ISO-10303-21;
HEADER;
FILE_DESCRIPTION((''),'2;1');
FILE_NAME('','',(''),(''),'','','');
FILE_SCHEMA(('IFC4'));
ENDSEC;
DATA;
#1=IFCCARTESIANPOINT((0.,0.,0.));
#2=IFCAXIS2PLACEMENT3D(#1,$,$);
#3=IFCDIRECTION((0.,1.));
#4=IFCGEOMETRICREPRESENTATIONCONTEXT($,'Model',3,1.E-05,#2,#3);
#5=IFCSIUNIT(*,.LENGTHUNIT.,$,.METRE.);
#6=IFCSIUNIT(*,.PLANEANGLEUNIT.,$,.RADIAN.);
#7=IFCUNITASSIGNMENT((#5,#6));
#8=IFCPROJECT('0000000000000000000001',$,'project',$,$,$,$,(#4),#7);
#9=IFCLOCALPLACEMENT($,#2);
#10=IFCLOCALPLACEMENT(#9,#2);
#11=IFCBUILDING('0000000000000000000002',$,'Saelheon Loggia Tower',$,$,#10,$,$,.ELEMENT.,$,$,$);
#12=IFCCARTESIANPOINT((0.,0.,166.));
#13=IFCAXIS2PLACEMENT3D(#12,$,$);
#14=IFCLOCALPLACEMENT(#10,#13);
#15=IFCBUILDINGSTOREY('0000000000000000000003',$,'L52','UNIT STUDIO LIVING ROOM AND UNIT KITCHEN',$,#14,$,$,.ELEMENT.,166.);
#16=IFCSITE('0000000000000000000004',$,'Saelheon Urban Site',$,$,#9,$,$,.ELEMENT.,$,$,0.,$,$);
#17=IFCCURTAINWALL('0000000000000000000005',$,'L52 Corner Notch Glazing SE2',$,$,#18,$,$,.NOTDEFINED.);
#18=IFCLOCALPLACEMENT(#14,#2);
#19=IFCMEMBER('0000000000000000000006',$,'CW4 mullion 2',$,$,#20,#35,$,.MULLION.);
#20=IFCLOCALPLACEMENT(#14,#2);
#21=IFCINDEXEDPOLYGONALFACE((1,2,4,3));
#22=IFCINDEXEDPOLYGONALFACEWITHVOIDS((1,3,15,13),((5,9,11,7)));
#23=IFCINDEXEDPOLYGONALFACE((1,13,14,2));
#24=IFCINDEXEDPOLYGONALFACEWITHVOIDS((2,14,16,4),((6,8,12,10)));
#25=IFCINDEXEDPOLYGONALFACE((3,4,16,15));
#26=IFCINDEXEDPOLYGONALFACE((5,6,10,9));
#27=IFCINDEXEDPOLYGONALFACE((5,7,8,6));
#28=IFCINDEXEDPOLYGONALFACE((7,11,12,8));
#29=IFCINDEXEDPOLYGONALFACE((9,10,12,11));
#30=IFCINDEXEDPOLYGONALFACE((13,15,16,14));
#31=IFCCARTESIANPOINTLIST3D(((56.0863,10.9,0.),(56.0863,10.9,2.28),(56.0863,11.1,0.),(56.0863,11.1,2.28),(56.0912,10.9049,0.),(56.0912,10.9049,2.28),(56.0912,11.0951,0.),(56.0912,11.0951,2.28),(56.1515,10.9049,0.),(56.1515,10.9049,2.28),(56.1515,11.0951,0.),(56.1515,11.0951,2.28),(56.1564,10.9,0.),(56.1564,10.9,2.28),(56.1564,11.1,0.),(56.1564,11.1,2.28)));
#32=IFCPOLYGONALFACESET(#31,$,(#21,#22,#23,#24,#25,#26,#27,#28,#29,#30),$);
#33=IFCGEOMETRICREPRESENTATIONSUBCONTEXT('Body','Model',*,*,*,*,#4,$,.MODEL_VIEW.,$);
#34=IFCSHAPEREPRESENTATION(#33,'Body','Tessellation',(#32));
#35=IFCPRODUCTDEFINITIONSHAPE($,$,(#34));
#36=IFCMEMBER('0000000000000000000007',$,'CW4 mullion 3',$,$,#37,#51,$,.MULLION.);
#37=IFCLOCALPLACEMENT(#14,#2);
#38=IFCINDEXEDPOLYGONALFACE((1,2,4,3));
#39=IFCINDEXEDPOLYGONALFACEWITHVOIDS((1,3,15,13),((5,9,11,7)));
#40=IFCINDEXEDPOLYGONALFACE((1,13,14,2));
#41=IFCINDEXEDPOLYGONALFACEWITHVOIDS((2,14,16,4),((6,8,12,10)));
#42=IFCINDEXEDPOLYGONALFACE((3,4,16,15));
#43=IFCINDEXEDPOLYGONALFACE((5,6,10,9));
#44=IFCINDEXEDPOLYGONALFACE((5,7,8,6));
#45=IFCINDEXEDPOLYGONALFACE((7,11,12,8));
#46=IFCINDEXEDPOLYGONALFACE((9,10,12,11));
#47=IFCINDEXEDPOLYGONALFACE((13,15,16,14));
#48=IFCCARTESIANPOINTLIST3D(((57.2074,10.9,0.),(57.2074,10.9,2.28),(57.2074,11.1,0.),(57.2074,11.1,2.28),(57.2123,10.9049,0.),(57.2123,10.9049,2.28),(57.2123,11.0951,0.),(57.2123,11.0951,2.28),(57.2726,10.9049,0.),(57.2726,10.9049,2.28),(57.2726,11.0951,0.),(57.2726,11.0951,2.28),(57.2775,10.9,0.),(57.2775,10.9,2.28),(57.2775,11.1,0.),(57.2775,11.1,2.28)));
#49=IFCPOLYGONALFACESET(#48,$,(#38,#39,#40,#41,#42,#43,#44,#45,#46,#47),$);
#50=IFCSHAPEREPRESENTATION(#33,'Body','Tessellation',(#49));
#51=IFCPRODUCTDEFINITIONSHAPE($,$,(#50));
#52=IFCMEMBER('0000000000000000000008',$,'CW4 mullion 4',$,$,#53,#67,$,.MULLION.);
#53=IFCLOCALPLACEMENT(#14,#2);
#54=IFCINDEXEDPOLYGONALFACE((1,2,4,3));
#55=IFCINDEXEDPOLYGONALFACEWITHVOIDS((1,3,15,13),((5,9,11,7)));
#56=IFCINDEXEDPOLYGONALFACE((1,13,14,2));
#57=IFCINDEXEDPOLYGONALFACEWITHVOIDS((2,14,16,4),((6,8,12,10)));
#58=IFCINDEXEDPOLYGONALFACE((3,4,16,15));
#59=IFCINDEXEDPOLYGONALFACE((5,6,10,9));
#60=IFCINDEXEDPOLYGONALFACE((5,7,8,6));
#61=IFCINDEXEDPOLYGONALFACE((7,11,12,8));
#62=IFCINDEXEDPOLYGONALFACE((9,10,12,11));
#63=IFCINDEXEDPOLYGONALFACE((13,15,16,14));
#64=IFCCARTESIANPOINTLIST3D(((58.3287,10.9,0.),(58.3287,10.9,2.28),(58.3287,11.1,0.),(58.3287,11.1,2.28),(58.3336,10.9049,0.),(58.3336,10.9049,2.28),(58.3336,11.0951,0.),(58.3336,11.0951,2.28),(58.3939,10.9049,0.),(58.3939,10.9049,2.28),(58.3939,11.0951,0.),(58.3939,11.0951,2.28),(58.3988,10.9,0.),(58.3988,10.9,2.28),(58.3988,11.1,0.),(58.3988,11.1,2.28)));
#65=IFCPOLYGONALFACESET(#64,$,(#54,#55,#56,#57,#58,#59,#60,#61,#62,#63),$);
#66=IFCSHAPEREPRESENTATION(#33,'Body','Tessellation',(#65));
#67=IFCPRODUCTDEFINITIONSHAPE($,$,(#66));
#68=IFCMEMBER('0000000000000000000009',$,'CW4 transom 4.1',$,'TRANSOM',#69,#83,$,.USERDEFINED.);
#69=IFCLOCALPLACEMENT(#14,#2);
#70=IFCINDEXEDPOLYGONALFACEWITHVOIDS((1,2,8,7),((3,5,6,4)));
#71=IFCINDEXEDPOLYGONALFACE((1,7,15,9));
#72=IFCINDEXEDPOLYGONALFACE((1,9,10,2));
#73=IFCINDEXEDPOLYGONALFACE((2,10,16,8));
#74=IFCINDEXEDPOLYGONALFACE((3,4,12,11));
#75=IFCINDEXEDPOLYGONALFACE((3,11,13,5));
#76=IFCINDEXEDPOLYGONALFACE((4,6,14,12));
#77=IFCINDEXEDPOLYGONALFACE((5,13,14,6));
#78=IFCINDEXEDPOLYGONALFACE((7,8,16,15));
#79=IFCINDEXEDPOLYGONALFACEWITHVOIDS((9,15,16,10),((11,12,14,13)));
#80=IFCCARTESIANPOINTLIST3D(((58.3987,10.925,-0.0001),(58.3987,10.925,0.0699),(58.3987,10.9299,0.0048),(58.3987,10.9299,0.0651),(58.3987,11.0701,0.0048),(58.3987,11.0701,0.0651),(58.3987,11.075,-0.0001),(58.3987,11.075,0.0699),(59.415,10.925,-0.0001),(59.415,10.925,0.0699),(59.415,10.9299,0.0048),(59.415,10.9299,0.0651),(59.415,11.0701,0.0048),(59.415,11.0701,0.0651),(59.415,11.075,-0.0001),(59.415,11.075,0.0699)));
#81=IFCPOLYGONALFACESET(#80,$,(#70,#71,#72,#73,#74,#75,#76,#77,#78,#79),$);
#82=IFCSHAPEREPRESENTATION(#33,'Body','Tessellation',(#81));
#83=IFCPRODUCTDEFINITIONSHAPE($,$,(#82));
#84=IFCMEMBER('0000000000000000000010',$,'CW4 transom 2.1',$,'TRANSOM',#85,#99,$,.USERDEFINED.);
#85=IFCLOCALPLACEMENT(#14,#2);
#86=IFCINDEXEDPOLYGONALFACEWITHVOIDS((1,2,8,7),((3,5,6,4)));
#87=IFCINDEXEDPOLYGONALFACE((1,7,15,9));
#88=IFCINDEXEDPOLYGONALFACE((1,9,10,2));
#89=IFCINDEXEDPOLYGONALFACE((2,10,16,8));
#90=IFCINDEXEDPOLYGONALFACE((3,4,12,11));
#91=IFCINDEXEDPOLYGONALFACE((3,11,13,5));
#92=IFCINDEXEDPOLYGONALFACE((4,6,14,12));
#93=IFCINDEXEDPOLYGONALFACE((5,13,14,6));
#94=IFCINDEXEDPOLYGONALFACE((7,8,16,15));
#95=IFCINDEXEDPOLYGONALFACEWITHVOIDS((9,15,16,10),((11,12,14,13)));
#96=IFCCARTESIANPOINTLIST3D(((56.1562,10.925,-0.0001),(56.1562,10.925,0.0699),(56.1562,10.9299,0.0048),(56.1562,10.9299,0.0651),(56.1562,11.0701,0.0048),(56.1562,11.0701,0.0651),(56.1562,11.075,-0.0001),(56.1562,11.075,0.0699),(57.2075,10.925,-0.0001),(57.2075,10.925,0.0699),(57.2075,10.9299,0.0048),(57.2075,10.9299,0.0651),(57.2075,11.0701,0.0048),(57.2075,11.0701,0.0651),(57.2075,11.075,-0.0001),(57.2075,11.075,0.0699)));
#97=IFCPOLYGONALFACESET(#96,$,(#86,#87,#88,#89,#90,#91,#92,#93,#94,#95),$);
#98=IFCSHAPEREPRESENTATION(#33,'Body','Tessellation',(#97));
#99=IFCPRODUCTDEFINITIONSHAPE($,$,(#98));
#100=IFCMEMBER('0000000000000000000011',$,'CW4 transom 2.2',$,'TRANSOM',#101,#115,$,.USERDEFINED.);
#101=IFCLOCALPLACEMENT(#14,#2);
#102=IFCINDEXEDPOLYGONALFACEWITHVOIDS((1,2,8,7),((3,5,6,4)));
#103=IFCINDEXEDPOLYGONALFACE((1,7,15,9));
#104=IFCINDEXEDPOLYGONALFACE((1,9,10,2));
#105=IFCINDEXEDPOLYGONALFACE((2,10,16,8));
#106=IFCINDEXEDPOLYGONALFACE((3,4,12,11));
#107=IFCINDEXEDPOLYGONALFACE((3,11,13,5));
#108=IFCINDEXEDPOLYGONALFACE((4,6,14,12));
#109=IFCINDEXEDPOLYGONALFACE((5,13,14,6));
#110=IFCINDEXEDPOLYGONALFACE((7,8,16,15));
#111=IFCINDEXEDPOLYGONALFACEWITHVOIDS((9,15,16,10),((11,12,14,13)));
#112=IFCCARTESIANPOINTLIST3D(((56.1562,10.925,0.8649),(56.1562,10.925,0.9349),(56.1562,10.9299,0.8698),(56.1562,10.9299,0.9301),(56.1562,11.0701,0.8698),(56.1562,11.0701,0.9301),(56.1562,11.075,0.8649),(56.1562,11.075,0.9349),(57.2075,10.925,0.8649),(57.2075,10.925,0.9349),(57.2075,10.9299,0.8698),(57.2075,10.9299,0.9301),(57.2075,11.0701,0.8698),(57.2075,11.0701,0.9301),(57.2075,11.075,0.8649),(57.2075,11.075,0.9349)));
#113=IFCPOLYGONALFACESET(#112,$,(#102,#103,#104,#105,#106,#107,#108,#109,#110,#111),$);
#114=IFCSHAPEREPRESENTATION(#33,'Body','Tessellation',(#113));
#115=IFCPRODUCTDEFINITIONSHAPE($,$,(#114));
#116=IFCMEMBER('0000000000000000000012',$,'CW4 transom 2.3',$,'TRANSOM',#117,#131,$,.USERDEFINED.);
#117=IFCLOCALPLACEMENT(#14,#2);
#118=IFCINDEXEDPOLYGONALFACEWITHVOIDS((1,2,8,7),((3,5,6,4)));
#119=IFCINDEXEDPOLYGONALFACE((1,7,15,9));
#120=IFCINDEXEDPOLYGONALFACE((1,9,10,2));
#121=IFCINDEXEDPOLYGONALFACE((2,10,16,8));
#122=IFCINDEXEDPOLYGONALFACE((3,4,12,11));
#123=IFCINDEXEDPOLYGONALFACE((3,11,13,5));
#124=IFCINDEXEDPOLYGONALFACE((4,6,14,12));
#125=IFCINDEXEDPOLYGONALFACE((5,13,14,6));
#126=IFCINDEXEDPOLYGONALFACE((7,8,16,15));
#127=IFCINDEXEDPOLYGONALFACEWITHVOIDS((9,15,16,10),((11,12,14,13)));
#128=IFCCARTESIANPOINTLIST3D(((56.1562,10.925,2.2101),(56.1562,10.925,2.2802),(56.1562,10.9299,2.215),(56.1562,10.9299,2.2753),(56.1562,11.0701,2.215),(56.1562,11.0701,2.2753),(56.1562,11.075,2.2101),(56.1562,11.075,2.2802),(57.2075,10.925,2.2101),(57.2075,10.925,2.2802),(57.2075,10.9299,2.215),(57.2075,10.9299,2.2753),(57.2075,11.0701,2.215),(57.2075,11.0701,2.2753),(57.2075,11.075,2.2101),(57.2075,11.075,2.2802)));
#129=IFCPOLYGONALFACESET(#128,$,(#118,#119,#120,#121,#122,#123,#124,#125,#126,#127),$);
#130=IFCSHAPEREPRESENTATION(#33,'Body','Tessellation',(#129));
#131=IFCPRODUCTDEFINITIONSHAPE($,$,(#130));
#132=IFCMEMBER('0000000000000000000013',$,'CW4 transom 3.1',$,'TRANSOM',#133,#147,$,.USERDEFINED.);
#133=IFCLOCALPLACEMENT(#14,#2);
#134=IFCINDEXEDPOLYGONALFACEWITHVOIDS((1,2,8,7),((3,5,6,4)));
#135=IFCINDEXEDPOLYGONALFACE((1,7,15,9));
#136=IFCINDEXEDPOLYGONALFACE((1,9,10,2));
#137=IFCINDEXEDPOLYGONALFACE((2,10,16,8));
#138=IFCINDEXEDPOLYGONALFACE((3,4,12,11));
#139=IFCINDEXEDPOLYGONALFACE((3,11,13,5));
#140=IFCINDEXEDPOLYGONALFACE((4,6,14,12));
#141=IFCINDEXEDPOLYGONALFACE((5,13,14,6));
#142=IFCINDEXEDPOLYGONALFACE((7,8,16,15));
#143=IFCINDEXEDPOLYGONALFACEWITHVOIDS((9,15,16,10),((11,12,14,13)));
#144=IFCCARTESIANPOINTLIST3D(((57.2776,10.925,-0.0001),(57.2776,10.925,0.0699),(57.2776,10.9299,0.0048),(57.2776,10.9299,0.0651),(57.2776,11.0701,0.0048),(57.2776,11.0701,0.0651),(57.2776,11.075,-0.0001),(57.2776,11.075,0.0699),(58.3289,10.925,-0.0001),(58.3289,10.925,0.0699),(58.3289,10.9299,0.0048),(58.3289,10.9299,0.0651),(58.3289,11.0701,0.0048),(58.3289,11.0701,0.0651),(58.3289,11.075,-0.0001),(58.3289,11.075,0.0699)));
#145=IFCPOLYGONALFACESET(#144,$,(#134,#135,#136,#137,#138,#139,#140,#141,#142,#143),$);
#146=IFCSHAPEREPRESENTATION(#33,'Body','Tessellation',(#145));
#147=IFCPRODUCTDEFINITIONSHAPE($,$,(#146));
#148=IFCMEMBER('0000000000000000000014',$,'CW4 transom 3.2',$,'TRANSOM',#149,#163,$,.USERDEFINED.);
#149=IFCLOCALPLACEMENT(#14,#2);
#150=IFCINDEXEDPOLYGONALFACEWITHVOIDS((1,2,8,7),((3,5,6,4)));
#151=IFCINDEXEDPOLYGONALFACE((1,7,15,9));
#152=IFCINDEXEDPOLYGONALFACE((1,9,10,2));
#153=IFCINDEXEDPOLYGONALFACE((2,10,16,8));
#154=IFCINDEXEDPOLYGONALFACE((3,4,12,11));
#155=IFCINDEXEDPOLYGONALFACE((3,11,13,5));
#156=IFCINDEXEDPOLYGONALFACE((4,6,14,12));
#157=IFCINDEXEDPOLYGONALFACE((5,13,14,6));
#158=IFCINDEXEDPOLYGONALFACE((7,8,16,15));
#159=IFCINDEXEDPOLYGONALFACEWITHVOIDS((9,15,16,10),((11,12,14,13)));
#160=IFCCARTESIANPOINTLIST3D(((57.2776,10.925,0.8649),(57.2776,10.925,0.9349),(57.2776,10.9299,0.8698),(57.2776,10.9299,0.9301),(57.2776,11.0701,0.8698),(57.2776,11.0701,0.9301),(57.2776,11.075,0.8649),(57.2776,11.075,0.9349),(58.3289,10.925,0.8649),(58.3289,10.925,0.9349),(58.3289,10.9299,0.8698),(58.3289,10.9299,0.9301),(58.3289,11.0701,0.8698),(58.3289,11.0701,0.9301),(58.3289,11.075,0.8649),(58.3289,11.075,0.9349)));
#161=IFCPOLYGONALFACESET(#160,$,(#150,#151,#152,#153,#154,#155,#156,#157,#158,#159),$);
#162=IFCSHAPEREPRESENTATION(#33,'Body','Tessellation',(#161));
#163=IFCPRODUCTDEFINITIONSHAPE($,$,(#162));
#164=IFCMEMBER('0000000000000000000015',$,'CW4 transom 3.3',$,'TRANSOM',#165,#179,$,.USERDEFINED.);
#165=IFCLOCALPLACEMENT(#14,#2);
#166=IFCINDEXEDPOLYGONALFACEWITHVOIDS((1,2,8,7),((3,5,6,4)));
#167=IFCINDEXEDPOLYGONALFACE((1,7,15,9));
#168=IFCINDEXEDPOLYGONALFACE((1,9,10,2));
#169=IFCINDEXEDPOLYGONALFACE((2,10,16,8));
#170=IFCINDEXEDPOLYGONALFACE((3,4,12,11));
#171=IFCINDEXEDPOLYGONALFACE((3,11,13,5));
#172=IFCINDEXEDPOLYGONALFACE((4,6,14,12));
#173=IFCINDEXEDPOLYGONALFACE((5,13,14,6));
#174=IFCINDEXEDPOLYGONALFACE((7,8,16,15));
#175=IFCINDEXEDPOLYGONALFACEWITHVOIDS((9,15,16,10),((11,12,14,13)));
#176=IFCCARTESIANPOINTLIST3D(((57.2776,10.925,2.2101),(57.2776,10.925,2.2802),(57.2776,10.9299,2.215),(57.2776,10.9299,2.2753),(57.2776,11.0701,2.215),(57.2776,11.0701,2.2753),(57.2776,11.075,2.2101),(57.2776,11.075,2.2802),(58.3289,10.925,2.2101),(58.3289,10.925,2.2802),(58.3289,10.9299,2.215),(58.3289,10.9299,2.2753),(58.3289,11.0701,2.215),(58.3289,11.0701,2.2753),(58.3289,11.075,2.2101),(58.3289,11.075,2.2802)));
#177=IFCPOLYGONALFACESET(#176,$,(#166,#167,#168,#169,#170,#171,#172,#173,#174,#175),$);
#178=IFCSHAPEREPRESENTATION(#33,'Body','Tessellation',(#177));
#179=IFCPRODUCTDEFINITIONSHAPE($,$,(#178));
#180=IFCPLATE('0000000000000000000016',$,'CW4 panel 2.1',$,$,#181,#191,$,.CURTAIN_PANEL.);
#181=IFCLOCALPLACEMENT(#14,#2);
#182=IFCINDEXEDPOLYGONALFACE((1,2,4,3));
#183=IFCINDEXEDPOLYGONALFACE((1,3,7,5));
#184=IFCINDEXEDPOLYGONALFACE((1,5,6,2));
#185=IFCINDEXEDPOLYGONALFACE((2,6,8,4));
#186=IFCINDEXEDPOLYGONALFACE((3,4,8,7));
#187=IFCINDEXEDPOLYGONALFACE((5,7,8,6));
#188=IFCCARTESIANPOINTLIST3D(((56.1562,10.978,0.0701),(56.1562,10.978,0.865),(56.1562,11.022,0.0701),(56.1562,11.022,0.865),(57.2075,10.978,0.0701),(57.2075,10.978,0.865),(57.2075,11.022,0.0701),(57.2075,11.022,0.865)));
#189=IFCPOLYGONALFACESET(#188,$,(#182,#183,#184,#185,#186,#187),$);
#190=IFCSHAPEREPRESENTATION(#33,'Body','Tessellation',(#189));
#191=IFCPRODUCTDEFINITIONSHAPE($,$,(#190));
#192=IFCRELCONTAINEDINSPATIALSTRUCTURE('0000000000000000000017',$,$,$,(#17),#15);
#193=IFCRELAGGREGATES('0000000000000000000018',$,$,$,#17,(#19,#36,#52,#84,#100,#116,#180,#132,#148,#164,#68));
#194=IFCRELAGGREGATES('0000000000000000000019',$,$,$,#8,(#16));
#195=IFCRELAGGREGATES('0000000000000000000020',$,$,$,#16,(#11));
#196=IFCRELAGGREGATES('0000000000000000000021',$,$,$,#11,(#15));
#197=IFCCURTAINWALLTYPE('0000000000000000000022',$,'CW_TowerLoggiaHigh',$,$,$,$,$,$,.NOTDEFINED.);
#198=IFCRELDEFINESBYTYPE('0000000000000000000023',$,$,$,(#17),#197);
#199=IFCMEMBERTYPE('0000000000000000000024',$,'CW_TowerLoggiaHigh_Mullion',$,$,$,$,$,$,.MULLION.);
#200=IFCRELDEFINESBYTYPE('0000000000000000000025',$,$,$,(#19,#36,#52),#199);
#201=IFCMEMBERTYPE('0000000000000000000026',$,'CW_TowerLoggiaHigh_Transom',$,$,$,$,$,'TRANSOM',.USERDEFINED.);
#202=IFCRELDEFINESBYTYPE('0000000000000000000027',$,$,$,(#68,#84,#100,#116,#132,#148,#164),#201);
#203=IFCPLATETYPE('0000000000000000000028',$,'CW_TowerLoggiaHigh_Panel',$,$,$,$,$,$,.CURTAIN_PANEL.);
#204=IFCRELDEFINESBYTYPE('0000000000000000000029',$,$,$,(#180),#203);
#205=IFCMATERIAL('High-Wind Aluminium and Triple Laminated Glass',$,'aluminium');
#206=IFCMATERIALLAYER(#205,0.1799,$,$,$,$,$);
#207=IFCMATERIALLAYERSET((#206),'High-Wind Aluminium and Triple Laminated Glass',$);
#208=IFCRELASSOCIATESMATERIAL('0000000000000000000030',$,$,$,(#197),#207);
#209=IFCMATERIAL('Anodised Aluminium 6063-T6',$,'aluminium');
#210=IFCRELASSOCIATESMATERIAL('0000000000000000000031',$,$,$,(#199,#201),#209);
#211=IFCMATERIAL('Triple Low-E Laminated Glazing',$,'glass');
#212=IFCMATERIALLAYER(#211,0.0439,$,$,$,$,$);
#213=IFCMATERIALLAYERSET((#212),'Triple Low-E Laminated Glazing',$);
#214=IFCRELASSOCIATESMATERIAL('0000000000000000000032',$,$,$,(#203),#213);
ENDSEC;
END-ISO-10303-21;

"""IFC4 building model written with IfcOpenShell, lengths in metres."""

from ifc_helpers import new_model, si_unit, direction, frame, origin, origin_2d, place, context, subcontext, project, spatial, rectangle, hollow_rectangle, extrude, source, transform, mapped, material, layer, layer_set, material_profile, profile_set, type_object, element, aggregate, save


model = new_model("IFC4")

# Units and contexts
model_context = context("Model", 3, precision=1e-05, world=origin(), true_north=direction((0.0, 1.0)))
body_context = subcontext(model_context, "Body", "Model", "MODEL_VIEW")
ifc_project = project(units=[si_unit("LENGTHUNIT", "METRE"), si_unit("PLANEANGLEUNIT", "RADIAN")], contexts=[model_context])

# Site, building, storey
site_placement = place(None, origin())
site = spatial("IfcSite", under=ifc_project, at=site_placement, Name="Saelheon Urban Site", CompositionType="ELEMENT", RefElevation=0.0)
building_placement = place(site_placement, origin())
building = spatial("IfcBuilding", under=site, at=building_placement, Name="Saelheon Loggia Tower", CompositionType="ELEMENT")
storey_placement = place(building_placement, frame((0.0, 0.0, 166.0)))
storey = spatial("IfcBuildingStorey", under=building, at=storey_placement, Name="L52", Description="UNIT STUDIO LIVING ROOM AND UNIT KITCHEN", CompositionType="ELEMENT", Elevation=166.0)

# Curtain wall, members, plate
ifc_material_1 = material(Name="High-Wind Aluminium and Triple Laminated Glass", Category="aluminium")
ifc_layer_1 = layer(ifc_material_1, 0.1799)
ifc_layer_set_1 = layer_set([ifc_layer_1], Name="High-Wind Aluminium and Triple Laminated Glass")
curtain_wall_type = type_object("IfcCurtainWallType", Name="CW_TowerLoggiaHigh", PredefinedType="NOTDEFINED", material=ifc_layer_set_1)
curtain_wall_placement = place(storey_placement, origin())
curtain_wall = element("IfcCurtainWall", 1, at=curtain_wall_placement, inside=storey, type_object=curtain_wall_type, Name="L52 Corner Notch Glazing SE2", PredefinedType="NOTDEFINED")
ifc_material_2 = material(Name="Anodised Aluminium 6063-T6", Category="aluminium")
ifc_material_profile_1 = material_profile(ifc_material_2, hollow_rectangle(XDim=0.0701, YDim=0.2, WallThickness=0.0049, at=origin_2d()), Name="RHS-200x70x5")
ifc_profile_set_1 = profile_set([ifc_material_profile_1], Name="Anodised Aluminium 6063-T6")
member_type_1 = type_object("IfcMemberType", Name="CW_TowerLoggiaHigh_Mullion", PredefinedType="MULLION", material=ifc_profile_set_1)
shared_shape_1 = source(origin(), body_context, "Body", "SweptSolid", [
    extrude(hollow_rectangle(XDim=0.0701, YDim=0.2, WallThickness=0.0049, at=origin_2d()), origin(), (0.0, 0.0, 1.0), 2.28),
])
member_1_placement = place(storey_placement, frame((56.1213, 11.0, 0.0), z_axis=(0.0, 0.0, 1.0), x_axis=(1.0, 0.0, 0.0)))
member_1 = element("IfcMember", 2, at=member_1_placement, type_object=member_type_1, Name="CW4 mullion 2", PredefinedType="MULLION", context=body_context, shape_type="MappedRepresentation", body=[
    mapped(shared_shape_1, transform((0.0, 0.0, 0.0), scale=1.0)),
])
member_2_placement = place(storey_placement, frame((57.2424, 11.0, 0.0), z_axis=(0.0, 0.0, 1.0), x_axis=(1.0, 0.0, 0.0)))
member_2 = element("IfcMember", 3, at=member_2_placement, type_object=member_type_1, Name="CW4 mullion 3", PredefinedType="MULLION", context=body_context, shape_type="MappedRepresentation", body=[
    mapped(shared_shape_1, transform((0.0, 0.0, 0.0), scale=1.0)),
])
member_3_placement = place(storey_placement, frame((58.3638, 11.0, 0.0), z_axis=(0.0, 0.0, 1.0), x_axis=(1.0, 0.0, 0.0)))
member_3 = element("IfcMember", 4, at=member_3_placement, type_object=member_type_1, Name="CW4 mullion 4", PredefinedType="MULLION", context=body_context, shape_type="MappedRepresentation", body=[
    mapped(shared_shape_1, transform((0.0, 0.0, 0.0), scale=1.0)),
])
ifc_material_profile_2 = material_profile(ifc_material_2, hollow_rectangle(XDim=0.0701, YDim=0.1499, WallThickness=0.0049, at=origin_2d()), Name="RHS-150x70x5")
ifc_profile_set_2 = profile_set([ifc_material_profile_2], Name="Anodised Aluminium 6063-T6")
member_type_2 = type_object("IfcMemberType", Name="CW_TowerLoggiaHigh_Transom", ElementType="TRANSOM", PredefinedType="USERDEFINED", material=ifc_profile_set_2)
shared_shape_2 = source(origin(), body_context, "Body", "SweptSolid", [
    extrude(hollow_rectangle(XDim=0.0701, YDim=0.1499, WallThickness=0.0049, at=origin_2d()), origin(), (0.0, 0.0, 1.0), 1.0164),
])
member_4_placement = place(storey_placement, frame((58.3987, 11.0, 0.0349), z_axis=(1.0, 0.0, 0.0), x_axis=(0.0, 0.0, 1.0)))
member_4 = element("IfcMember", 5, at=member_4_placement, type_object=member_type_2, Name="CW4 transom 4.1", ObjectType="TRANSOM", PredefinedType="USERDEFINED", context=body_context, shape_type="MappedRepresentation", body=[
    mapped(shared_shape_2, transform((0.0, 0.0, 0.0), scale=1.0)),
])
shared_shape_3 = source(origin(), body_context, "Body", "SweptSolid", [
    extrude(hollow_rectangle(XDim=0.0701, YDim=0.1499, WallThickness=0.0049, at=origin_2d()), origin(), (0.0, 0.0, 1.0), 1.0513),
])
member_5_placement = place(storey_placement, frame((56.1562, 11.0, 0.0349), z_axis=(1.0, 0.0, 0.0), x_axis=(0.0, 0.0, 1.0)))
member_5 = element("IfcMember", 6, at=member_5_placement, type_object=member_type_2, Name="CW4 transom 2.1", ObjectType="TRANSOM", PredefinedType="USERDEFINED", context=body_context, shape_type="MappedRepresentation", body=[
    mapped(shared_shape_3, transform((0.0, 0.0, 0.0), scale=1.0)),
])
member_6_placement = place(storey_placement, frame((56.1562, 11.0, 0.8999), z_axis=(1.0, 0.0, 0.0), x_axis=(0.0, 0.0, 1.0)))
member_6 = element("IfcMember", 7, at=member_6_placement, type_object=member_type_2, Name="CW4 transom 2.2", ObjectType="TRANSOM", PredefinedType="USERDEFINED", context=body_context, shape_type="MappedRepresentation", body=[
    mapped(shared_shape_3, transform((0.0, 0.0, 0.0), scale=1.0)),
])
member_7_placement = place(storey_placement, frame((56.1562, 11.0, 2.2451), z_axis=(1.0, 0.0, 0.0), x_axis=(0.0, 0.0, 1.0)))
member_7 = element("IfcMember", 8, at=member_7_placement, type_object=member_type_2, Name="CW4 transom 2.3", ObjectType="TRANSOM", PredefinedType="USERDEFINED", context=body_context, shape_type="MappedRepresentation", body=[
    mapped(shared_shape_3, transform((0.0, 0.0, 0.0), scale=1.0)),
])
member_8_placement = place(storey_placement, frame((57.2776, 11.0, 0.0349), z_axis=(1.0, 0.0, 0.0), x_axis=(0.0, 0.0, 1.0)))
member_8 = element("IfcMember", 9, at=member_8_placement, type_object=member_type_2, Name="CW4 transom 3.1", ObjectType="TRANSOM", PredefinedType="USERDEFINED", context=body_context, shape_type="MappedRepresentation", body=[
    mapped(shared_shape_3, transform((0.0, 0.0, 0.0), scale=1.0)),
])
member_9_placement = place(storey_placement, frame((57.2776, 11.0, 0.8999), z_axis=(1.0, 0.0, 0.0), x_axis=(0.0, 0.0, 1.0)))
member_9 = element("IfcMember", 10, at=member_9_placement, type_object=member_type_2, Name="CW4 transom 3.2", ObjectType="TRANSOM", PredefinedType="USERDEFINED", context=body_context, shape_type="MappedRepresentation", body=[
    mapped(shared_shape_3, transform((0.0, 0.0, 0.0), scale=1.0)),
])
member_10_placement = place(storey_placement, frame((57.2776, 11.0, 2.2451), z_axis=(1.0, 0.0, 0.0), x_axis=(0.0, 0.0, 1.0)))
member_10 = element("IfcMember", 11, at=member_10_placement, type_object=member_type_2, Name="CW4 transom 3.3", ObjectType="TRANSOM", PredefinedType="USERDEFINED", context=body_context, shape_type="MappedRepresentation", body=[
    mapped(shared_shape_3, transform((0.0, 0.0, 0.0), scale=1.0)),
])
ifc_material_3 = material(Name="Triple Low-E Laminated Glazing", Category="glass")
ifc_layer_2 = layer(ifc_material_3, 0.0439)
ifc_layer_set_2 = layer_set([ifc_layer_2], Name="Triple Low-E Laminated Glazing")
plate_type = type_object("IfcPlateType", Name="CW_TowerLoggiaHigh_Panel", PredefinedType="CURTAIN_PANEL", material=ifc_layer_set_2)
shared_shape_4 = source(origin(), body_context, "Body", "SweptSolid", [
    extrude(rectangle(XDim=1.0513, YDim=0.0439, at=origin_2d()), origin(), (0.0, 0.0, 1.0), 0.7949),
])
plate_1_placement = place(storey_placement, frame((56.6819, 11.0, 0.0701), z_axis=(0.0, 0.0, 1.0), x_axis=(1.0, 0.0, 0.0)))
plate_1 = element("IfcPlate", 12, at=plate_1_placement, type_object=plate_type, Name="CW4 panel 2.1", PredefinedType="CURTAIN_PANEL", context=body_context, shape_type="MappedRepresentation", body=[
    mapped(shared_shape_4, transform((0.0, 0.0, 0.0), scale=1.0)),
])
aggregate(curtain_wall, [member_1, member_2, member_3, member_5, member_6, member_7, plate_1, member_8, member_9, member_10, member_4])

save(model, "model.ifc")
